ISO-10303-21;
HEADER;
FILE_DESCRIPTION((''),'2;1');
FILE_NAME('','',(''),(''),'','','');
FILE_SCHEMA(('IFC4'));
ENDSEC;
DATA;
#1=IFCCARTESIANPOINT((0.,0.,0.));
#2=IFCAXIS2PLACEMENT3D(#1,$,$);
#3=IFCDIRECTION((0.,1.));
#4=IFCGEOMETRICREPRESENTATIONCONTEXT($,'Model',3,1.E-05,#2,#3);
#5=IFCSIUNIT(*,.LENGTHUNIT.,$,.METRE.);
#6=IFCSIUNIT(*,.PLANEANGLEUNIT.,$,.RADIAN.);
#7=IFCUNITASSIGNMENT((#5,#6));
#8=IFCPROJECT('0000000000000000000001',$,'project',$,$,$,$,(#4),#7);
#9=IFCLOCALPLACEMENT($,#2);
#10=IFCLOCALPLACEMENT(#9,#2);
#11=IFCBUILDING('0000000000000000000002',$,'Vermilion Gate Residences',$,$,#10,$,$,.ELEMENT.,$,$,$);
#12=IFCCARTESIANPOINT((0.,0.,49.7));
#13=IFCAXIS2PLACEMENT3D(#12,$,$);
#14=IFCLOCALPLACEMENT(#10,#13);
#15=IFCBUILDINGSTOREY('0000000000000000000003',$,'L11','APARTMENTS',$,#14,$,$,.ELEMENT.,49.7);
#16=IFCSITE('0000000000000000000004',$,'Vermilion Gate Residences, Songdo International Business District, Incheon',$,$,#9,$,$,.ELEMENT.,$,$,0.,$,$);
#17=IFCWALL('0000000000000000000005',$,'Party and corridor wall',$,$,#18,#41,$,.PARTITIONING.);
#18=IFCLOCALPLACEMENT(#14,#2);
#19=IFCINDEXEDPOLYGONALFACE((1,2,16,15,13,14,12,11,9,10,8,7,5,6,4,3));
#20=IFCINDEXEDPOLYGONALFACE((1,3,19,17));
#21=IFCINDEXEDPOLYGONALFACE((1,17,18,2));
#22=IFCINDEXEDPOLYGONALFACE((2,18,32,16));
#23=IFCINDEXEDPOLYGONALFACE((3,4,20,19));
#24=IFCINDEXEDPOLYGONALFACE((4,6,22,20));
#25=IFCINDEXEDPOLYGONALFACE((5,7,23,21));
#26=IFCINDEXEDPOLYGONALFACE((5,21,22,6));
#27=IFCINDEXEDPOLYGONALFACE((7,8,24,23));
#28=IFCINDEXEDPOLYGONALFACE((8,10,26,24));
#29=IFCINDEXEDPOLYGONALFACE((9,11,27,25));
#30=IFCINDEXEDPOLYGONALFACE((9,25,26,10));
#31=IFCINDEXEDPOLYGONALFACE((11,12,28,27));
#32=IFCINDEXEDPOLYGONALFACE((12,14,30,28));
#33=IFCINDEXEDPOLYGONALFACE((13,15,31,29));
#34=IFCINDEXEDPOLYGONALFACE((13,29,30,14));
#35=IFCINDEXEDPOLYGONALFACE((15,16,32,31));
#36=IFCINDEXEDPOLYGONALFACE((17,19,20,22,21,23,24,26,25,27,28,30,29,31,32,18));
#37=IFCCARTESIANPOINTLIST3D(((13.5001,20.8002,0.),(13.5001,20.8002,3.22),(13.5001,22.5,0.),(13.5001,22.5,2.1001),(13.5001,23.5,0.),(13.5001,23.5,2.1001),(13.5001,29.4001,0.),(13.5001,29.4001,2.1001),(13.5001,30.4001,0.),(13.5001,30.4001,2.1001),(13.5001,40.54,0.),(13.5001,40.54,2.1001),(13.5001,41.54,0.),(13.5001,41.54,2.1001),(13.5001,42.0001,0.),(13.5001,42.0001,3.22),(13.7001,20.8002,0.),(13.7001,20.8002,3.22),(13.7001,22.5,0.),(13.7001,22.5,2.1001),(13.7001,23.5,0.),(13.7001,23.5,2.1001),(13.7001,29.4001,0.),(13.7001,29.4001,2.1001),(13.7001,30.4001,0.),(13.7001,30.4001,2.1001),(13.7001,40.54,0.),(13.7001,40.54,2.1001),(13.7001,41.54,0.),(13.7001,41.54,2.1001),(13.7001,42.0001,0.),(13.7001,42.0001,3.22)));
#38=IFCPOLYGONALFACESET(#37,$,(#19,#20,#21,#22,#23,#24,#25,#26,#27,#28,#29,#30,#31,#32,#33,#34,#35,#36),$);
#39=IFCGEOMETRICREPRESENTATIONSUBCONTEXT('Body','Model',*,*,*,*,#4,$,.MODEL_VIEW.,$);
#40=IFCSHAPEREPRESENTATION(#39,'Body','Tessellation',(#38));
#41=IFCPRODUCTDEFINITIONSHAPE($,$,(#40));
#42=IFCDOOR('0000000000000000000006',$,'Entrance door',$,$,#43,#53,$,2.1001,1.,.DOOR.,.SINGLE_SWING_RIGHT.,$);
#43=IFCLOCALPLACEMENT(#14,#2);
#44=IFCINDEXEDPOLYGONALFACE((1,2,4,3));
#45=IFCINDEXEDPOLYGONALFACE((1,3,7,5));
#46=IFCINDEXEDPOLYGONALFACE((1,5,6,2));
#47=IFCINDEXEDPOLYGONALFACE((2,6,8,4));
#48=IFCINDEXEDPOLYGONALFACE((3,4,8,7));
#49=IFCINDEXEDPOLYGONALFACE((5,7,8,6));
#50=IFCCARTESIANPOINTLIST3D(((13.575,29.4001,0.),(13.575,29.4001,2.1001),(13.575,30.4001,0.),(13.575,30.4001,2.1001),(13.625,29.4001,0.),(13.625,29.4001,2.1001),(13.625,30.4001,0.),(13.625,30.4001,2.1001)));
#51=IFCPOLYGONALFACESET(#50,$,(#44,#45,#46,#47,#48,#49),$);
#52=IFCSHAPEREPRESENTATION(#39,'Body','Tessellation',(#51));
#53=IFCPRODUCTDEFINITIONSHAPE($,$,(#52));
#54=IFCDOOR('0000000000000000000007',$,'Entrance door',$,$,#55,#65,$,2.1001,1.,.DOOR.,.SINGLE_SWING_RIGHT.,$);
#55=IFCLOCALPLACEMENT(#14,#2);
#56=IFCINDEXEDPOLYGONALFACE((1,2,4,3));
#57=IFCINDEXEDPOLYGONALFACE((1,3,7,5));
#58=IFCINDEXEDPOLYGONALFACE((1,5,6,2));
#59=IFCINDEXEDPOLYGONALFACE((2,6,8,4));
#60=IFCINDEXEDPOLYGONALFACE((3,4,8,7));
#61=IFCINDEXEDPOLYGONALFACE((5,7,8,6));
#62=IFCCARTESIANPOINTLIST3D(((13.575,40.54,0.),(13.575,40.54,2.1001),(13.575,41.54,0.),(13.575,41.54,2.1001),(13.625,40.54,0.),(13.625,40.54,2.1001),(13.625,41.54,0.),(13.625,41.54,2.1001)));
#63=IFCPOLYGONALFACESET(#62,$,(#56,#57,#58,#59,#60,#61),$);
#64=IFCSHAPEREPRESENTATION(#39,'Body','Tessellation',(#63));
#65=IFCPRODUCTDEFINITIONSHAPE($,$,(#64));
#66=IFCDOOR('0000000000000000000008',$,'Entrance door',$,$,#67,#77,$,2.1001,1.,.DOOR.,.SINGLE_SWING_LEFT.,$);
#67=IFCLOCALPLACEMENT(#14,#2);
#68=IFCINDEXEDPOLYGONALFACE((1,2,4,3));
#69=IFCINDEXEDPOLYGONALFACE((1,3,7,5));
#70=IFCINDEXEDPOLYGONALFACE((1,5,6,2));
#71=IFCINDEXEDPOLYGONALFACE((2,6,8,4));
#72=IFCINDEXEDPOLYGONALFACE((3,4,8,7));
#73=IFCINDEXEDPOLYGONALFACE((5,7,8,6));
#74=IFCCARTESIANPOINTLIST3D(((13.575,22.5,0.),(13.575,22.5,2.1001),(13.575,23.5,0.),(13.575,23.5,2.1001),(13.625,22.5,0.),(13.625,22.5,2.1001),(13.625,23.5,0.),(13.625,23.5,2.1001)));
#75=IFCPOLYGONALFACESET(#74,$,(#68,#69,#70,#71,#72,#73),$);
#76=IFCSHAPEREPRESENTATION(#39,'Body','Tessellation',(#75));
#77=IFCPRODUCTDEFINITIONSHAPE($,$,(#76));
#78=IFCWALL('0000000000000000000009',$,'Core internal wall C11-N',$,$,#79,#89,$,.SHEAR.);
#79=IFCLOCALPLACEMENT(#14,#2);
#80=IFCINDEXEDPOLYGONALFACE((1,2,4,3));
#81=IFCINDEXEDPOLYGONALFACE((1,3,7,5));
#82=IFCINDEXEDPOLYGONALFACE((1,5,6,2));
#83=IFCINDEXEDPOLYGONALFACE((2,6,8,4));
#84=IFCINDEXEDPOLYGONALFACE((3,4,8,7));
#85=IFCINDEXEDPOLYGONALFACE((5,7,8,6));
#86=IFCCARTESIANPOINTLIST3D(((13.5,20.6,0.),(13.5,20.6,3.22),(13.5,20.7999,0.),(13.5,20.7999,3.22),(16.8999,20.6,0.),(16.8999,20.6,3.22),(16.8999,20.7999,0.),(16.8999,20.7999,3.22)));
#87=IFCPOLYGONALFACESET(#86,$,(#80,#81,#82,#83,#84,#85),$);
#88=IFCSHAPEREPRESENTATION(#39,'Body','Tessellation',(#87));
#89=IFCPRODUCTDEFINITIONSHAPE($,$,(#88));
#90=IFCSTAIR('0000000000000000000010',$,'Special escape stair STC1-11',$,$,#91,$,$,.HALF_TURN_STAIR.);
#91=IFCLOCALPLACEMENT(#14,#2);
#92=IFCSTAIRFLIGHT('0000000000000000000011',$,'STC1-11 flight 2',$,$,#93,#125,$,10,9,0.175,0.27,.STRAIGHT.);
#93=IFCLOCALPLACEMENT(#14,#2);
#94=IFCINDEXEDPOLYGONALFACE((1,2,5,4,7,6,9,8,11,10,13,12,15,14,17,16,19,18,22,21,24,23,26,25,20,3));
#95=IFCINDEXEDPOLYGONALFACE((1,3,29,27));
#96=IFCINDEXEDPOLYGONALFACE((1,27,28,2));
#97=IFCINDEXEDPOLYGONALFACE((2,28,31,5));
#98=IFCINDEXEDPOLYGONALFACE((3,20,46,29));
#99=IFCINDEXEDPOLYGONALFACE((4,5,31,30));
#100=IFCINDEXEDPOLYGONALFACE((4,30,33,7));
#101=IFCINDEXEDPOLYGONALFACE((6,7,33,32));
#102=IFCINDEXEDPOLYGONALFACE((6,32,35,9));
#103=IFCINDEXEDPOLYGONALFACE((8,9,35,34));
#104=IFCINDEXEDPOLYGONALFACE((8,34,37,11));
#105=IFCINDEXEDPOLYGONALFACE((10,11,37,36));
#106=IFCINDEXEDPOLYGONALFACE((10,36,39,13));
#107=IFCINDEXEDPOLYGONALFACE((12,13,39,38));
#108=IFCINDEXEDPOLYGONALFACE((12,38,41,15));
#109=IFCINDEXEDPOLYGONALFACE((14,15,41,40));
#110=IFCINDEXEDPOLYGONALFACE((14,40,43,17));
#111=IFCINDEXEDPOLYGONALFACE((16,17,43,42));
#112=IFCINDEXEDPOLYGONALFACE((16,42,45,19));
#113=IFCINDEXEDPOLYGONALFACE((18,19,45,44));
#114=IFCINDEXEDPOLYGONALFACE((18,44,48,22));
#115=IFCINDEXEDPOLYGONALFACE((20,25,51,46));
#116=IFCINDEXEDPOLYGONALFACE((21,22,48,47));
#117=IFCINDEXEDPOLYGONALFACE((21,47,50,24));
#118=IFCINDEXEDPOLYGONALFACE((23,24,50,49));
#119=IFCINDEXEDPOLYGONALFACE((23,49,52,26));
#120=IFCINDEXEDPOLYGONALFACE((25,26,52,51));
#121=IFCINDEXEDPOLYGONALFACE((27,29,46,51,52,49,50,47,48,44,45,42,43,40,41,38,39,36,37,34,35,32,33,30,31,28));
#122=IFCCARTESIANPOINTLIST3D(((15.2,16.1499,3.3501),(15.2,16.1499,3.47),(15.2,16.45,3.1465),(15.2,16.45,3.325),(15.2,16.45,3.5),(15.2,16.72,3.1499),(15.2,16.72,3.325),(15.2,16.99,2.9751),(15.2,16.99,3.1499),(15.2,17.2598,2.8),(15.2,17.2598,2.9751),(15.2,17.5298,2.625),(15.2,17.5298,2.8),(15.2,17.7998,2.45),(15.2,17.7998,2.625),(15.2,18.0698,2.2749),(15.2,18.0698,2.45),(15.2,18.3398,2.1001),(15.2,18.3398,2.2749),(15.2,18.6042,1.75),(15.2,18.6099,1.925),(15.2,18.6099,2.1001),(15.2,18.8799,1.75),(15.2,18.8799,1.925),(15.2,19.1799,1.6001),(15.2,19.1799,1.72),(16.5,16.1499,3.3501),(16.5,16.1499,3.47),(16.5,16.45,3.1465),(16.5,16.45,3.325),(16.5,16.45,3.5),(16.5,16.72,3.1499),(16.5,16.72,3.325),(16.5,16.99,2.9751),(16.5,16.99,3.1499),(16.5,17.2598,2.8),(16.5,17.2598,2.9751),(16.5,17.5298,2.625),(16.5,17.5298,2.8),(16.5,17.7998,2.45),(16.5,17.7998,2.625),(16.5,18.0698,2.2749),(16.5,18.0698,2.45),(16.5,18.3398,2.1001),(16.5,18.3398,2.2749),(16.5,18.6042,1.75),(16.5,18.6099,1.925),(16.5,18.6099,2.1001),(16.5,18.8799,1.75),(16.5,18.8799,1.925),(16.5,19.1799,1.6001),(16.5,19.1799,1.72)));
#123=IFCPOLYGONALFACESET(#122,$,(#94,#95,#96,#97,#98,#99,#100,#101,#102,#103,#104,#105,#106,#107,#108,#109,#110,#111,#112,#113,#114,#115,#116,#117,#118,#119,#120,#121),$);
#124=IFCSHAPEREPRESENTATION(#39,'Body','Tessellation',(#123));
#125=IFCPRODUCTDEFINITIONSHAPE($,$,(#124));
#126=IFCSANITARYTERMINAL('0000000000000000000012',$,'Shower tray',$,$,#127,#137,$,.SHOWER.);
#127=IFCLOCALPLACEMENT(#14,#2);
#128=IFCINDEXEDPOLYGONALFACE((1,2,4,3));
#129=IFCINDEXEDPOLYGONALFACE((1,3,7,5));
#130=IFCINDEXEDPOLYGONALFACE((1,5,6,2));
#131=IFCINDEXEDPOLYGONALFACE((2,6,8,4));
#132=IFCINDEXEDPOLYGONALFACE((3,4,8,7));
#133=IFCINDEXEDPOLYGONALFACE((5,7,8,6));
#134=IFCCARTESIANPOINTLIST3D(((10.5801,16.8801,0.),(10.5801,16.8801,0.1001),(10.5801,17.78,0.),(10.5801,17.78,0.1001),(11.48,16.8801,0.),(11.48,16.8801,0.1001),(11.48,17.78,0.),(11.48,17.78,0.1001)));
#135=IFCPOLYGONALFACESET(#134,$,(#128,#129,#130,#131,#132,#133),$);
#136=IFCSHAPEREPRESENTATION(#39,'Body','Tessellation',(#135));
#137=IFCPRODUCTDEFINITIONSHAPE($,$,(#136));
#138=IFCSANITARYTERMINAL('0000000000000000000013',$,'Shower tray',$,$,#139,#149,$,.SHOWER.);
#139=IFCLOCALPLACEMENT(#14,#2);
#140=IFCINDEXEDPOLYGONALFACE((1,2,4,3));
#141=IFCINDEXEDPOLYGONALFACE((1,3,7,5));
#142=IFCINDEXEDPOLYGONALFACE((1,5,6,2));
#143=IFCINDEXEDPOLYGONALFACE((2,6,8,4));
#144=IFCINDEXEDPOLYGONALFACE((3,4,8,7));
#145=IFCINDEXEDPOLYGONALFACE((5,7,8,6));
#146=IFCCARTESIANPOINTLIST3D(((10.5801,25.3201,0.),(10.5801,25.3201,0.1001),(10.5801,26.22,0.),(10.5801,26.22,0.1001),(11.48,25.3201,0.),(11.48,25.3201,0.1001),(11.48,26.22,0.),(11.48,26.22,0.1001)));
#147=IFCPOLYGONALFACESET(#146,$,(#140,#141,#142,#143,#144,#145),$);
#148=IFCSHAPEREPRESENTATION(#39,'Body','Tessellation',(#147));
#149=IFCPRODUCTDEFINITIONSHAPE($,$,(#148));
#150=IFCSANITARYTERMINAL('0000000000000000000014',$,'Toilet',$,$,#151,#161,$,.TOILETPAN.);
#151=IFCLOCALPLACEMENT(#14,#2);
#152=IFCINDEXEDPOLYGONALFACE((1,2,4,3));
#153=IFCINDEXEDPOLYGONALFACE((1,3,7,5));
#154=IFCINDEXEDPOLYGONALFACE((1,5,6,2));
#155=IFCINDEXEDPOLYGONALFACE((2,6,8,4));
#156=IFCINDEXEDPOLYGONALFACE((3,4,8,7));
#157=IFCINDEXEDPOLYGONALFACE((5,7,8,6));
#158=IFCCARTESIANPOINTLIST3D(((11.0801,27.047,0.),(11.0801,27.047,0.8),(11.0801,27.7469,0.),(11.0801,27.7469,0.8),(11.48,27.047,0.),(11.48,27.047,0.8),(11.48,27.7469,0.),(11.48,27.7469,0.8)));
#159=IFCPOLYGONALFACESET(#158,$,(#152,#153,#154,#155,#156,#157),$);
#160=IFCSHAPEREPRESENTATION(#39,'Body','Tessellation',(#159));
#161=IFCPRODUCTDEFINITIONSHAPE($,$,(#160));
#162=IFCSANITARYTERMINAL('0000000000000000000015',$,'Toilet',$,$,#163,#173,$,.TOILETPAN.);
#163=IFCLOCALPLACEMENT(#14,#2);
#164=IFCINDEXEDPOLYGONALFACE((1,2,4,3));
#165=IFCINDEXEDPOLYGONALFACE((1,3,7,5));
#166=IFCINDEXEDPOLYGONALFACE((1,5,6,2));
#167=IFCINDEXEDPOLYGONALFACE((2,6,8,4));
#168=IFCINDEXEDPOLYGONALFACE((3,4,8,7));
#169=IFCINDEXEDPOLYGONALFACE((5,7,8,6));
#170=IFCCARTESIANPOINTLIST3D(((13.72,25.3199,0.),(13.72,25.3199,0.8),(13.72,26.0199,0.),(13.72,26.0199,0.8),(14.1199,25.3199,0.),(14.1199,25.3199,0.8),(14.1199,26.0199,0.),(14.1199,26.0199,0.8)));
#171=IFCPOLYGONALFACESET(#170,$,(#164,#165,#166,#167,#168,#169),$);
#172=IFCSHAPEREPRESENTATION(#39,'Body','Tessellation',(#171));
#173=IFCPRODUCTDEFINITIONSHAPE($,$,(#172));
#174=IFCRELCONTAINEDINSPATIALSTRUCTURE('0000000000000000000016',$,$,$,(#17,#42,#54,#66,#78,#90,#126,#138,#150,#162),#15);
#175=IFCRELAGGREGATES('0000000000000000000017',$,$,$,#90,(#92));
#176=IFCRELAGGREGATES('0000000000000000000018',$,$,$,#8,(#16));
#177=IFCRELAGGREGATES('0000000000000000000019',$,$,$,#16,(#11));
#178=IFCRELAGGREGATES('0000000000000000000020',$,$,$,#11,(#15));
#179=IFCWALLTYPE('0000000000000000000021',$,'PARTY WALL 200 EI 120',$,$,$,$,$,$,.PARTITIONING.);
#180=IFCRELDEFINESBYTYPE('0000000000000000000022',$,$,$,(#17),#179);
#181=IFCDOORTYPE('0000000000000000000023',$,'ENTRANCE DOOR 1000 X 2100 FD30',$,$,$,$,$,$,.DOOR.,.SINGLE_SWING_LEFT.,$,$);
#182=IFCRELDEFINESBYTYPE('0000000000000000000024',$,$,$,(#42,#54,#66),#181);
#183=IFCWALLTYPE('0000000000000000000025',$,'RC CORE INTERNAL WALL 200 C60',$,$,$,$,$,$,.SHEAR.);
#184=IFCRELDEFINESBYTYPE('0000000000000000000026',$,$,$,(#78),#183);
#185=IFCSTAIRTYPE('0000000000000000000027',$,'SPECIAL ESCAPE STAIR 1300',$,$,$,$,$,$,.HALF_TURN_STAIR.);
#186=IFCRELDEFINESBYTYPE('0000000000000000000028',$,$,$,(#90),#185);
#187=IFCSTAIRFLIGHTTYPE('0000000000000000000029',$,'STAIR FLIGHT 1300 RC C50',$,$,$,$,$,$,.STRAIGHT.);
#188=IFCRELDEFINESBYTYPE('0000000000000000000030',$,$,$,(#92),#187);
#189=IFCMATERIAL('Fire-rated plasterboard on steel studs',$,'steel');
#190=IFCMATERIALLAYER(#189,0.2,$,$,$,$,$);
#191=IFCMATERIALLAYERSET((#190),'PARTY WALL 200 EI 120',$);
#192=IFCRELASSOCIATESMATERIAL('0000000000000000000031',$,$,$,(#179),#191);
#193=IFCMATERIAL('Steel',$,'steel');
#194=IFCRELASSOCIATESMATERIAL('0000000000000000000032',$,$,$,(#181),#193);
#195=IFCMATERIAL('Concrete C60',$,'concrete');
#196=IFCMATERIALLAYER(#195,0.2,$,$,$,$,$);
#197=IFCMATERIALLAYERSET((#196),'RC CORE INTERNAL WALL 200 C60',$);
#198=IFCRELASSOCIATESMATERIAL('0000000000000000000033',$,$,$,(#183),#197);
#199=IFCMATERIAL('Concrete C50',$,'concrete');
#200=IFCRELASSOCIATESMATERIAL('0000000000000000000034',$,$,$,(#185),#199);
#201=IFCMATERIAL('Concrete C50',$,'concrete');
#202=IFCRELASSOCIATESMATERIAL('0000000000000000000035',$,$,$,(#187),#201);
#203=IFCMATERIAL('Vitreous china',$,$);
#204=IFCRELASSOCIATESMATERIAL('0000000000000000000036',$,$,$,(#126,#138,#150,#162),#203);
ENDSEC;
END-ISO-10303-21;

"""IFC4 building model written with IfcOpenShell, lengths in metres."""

from ifc_helpers import new_model, si_unit, direction, frame, frame_2d, origin, origin_2d, place, context, subcontext, project, spatial, polyline, rectangle, outline, extrude, material, layer, layer_set, type_object, element, fill, aggregate, save


model = new_model("IFC4")

# Units and contexts
model_context = context("Model", 3, precision=1e-05, world=origin(), true_north=direction((0.0, 1.0)))
body_context = subcontext(model_context, "Body", "Model", "MODEL_VIEW")
ifc_project = project(units=[si_unit("LENGTHUNIT", "METRE"), si_unit("PLANEANGLEUNIT", "RADIAN")], contexts=[model_context])

# Site, building, storey
site_placement = place(None, origin())
site = spatial("IfcSite", under=ifc_project, at=site_placement, Name="Vermilion Gate Residences, Songdo International Business District, Incheon", CompositionType="ELEMENT", RefElevation=0.0)
building_placement = place(site_placement, origin())
building = spatial("IfcBuilding", under=site, at=building_placement, Name="Vermilion Gate Residences", CompositionType="ELEMENT")
storey_placement = place(building_placement, frame((0.0, 0.0, 49.7)))
storey = spatial("IfcBuildingStorey", under=building, at=storey_placement, Name="L11", Description="APARTMENTS", CompositionType="ELEMENT", Elevation=49.7)

# Shared definitions
ifc_material_1 = material(Name="Fire-rated plasterboard on steel studs", Category="steel")
ifc_layer_1 = layer(ifc_material_1, 0.2)
ifc_layer_set_1 = layer_set([ifc_layer_1], Name="PARTY WALL 200 EI 120")
wall_type_1 = type_object("IfcWallType", Name="PARTY WALL 200 EI 120", PredefinedType="PARTITIONING", material=ifc_layer_set_1)

# Wall, openings, doors
wall_1_placement = place(storey_placement, frame((13.6001, 20.8, 0.0), z_axis=(0.0, 0.0, 1.0), x_axis=(0.0, 1.0, 0.0)))
wall_1 = element("IfcWall", 1, at=wall_1_placement, inside=storey, type_object=wall_type_1, Name="Party and corridor wall", PredefinedType="PARTITIONING", context=body_context, shape_type="SweptSolid", body=[
    extrude(rectangle(XDim=21.2, YDim=0.2, at=frame_2d((10.6001, 0.0))), origin(), (0.0, 0.0, 1.0), 3.22),
])
opening_1_placement = place(wall_1_placement, frame((8.6001, 0.0, 0.0)))
opening_1 = element("IfcOpeningElement", 2, at=opening_1_placement, cuts=wall_1, PredefinedType="OPENING", context=body_context, shape_type="SweptSolid", body=[
    extrude(rectangle(XDim=1.0, YDim=2.1001, at=frame_2d((0.5, 1.05))), frame((0.0, 0.1099, 0.0), z_axis=(0.0, -1.0, 0.0), x_axis=(1.0, 0.0, 0.0)), (0.0, 0.0, 1.0), 0.22),
])
opening_2_placement = place(wall_1_placement, frame((19.74, 0.0, 0.0)))
opening_2 = element("IfcOpeningElement", 3, at=opening_2_placement, cuts=wall_1, PredefinedType="OPENING", context=body_context, shape_type="SweptSolid", body=[
    extrude(rectangle(XDim=1.0, YDim=2.1001, at=frame_2d((0.5, 1.05))), frame((0.0, 0.1099, 0.0), z_axis=(0.0, -1.0, 0.0), x_axis=(1.0, 0.0, 0.0)), (0.0, 0.0, 1.0), 0.22),
])
opening_3_placement = place(wall_1_placement, frame((1.7, 0.0, 0.0)))
opening_3 = element("IfcOpeningElement", 4, at=opening_3_placement, cuts=wall_1, PredefinedType="OPENING", context=body_context, shape_type="SweptSolid", body=[
    extrude(rectangle(XDim=1.0, YDim=2.1001, at=frame_2d((0.5, 1.05))), frame((0.0, 0.1099, 0.0), z_axis=(0.0, -1.0, 0.0), x_axis=(1.0, 0.0, 0.0)), (0.0, 0.0, 1.0), 0.22),
])
ifc_material_2 = material(Name="Steel", Category="steel")
door_type_1 = type_object("IfcDoorType", Name="ENTRANCE DOOR 1000 X 2100 FD30", OperationType="SINGLE_SWING_LEFT", PredefinedType="DOOR", material=ifc_material_2)
door_1_placement = place(opening_1_placement, frame((1.0, 0.0, 0.0), z_axis=(0.0, 0.0, 1.0), x_axis=(-1.0, 0.0, 0.0)))
door_1 = element("IfcDoor", 5, at=door_1_placement, inside=storey, type_object=door_type_1, Name="Entrance door", OperationType="SINGLE_SWING_RIGHT", OverallHeight=2.1001, OverallWidth=1.0, PredefinedType="DOOR", context=body_context, shape_type="SweptSolid", body=[
    extrude(rectangle(XDim=1.0, YDim=2.1001, at=frame_2d((0.5, 1.05))), frame((0.0, 0.0249, 0.0), z_axis=(0.0, -1.0, 0.0), x_axis=(1.0, 0.0, 0.0)), (0.0, 0.0, 1.0), 0.05),
])
fill(opening_1, door_1)
door_2_placement = place(opening_2_placement, frame((1.0, 0.0, 0.0), z_axis=(0.0, 0.0, 1.0), x_axis=(-1.0, 0.0, 0.0)))
door_2 = element("IfcDoor", 6, at=door_2_placement, inside=storey, type_object=door_type_1, Name="Entrance door", OperationType="SINGLE_SWING_RIGHT", OverallHeight=2.1001, OverallWidth=1.0, PredefinedType="DOOR", context=body_context, shape_type="SweptSolid", body=[
    extrude(rectangle(XDim=1.0, YDim=2.1001, at=frame_2d((0.5, 1.05))), frame((0.0, 0.0249, 0.0), z_axis=(0.0, -1.0, 0.0), x_axis=(1.0, 0.0, 0.0)), (0.0, 0.0, 1.0), 0.05),
])
fill(opening_2, door_2)
door_3_placement = place(opening_3_placement, frame((1.0, 0.0, 0.0), z_axis=(0.0, 0.0, 1.0), x_axis=(-1.0, 0.0, 0.0)))
door_3 = element("IfcDoor", 7, at=door_3_placement, inside=storey, type_object=door_type_1, Name="Entrance door", OperationType="SINGLE_SWING_LEFT", OverallHeight=2.1001, OverallWidth=1.0, PredefinedType="DOOR", context=body_context, shape_type="SweptSolid", body=[
    extrude(rectangle(XDim=1.0, YDim=2.1001, at=frame_2d((0.5, 1.05))), frame((0.0, 0.0249, 0.0), z_axis=(0.0, -1.0, 0.0), x_axis=(1.0, 0.0, 0.0)), (0.0, 0.0, 1.0), 0.05),
])
fill(opening_3, door_3)

# Wall
ifc_material_3 = material(Name="Concrete C60", Category="concrete")
ifc_layer_2 = layer(ifc_material_3, 0.2)
ifc_layer_set_2 = layer_set([ifc_layer_2], Name="RC CORE INTERNAL WALL 200 C60")
wall_type_2 = type_object("IfcWallType", Name="RC CORE INTERNAL WALL 200 C60", PredefinedType="SHEAR", material=ifc_layer_set_2)
wall_2_placement = place(storey_placement, frame((13.5, 20.7, 0.0), z_axis=(0.0, 0.0, 1.0), x_axis=(1.0, 0.0, 0.0)))
element("IfcWall", 8, at=wall_2_placement, inside=storey, type_object=wall_type_2, Name="Core internal wall C11-N", PredefinedType="SHEAR", context=body_context, shape_type="SweptSolid", body=[
    extrude(rectangle(XDim=3.3999, YDim=0.2, at=frame_2d((1.7, 0.0))), origin(), (0.0, 0.0, 1.0), 3.22),
])

# Stair, stair flight
ifc_material_4 = material(Name="Concrete C50", Category="concrete")
stair_type = type_object("IfcStairType", Name="SPECIAL ESCAPE STAIR 1300", PredefinedType="HALF_TURN_STAIR", material=ifc_material_4)
stair_placement = place(storey_placement, origin())
stair = element("IfcStair", 9, at=stair_placement, inside=storey, type_object=stair_type, Name="Special escape stair STC1-11", PredefinedType="HALF_TURN_STAIR")
ifc_material_5 = material(Name="Concrete C50", Category="concrete")
stair_flight_type = type_object("IfcStairFlightType", Name="STAIR FLIGHT 1300 RC C50", PredefinedType="STRAIGHT", material=ifc_material_5)
stair_flight_placement = place(storey_placement, frame((15.8501, 18.8799, 1.75), z_axis=(0.0, 0.0, 1.0), x_axis=(0.0, -1.0, 0.0)))
stair_flight = element("IfcStairFlight", 10, at=stair_flight_placement, type_object=stair_flight_type, Name="STC1-11 flight 2", NumberOfRisers=10, NumberOfTreads=9, PredefinedType="STRAIGHT", RiserHeight=0.175, TreadLength=0.27, context=body_context, shape_type="SweptSolid", body=[
    extrude(outline(polyline([(-0.3, -0.1499), (-0.3, -0.03), (0.0, 0.0), (0.0, 0.175), (0.27, 0.175), (0.27, 0.3501), (0.54, 0.3501), (0.54, 0.5249), (0.8101, 0.5249), (0.8101, 0.7), (1.0801, 0.7), (1.0801, 0.875), (1.3501, 0.875), (1.3501, 1.05), (1.6201, 1.05), (1.6201, 1.2251), (1.8899, 1.2251), (1.8899, 1.3999), (2.1599, 1.3999), (2.1599, 1.575), (2.4299, 1.575), (2.4299, 1.75), (2.73, 1.72), (2.73, 1.6001), (2.4299, 1.3965), (0.2756, 0.0), (-0.3, -0.1499)])), frame((0.0, 0.6499, 0.0), z_axis=(0.0, -1.0, 0.0), x_axis=(1.0, 0.0, 0.0)), (0.0, 0.0, 1.0), 1.3),
])
aggregate(stair, [stair_flight])

# Sanitary terminals
ifc_material_6 = material(Name="Vitreous china")
for number, where, z_axis, x_axis, name in (
    (11, (11.03, 17.3301, 0.0), (0.0, 0.0, 1.0), (1.0, 0.0, 0.0), "Shower tray"),
    (12, (11.03, 25.77, 0.0), (0.0, 0.0, 1.0), (1.0, 0.0, 0.0), "Shower tray"),
):
    element("IfcSanitaryTerminal", number, at=place(storey_placement, frame(where, z_axis=z_axis, x_axis=x_axis)), inside=storey, material=ifc_material_6, Name=name, PredefinedType="SHOWER", context=body_context, shape_type="SweptSolid", body=[
        extrude(rectangle(XDim=0.8999, YDim=0.8999, at=origin_2d()), origin(), (0.0, 0.0, 1.0), 0.1001),
    ])
for number, where, z_axis, x_axis, name in (
    (13, (11.28, 27.397, 0.0), (0.0, 0.0, 1.0), (1.0, 0.0, 0.0), "Toilet"),
    (14, (13.9199, 25.6699, 0.0), (0.0, 0.0, 1.0), (1.0, 0.0, 0.0), "Toilet"),
):
    element("IfcSanitaryTerminal", number, at=place(storey_placement, frame(where, z_axis=z_axis, x_axis=x_axis)), inside=storey, material=ifc_material_6, Name=name, PredefinedType="TOILETPAN", context=body_context, shape_type="SweptSolid", body=[
        extrude(rectangle(XDim=0.3999, YDim=0.7, at=origin_2d()), origin(), (0.0, 0.0, 1.0), 0.8),
    ])

save(model, "model.ifc")
